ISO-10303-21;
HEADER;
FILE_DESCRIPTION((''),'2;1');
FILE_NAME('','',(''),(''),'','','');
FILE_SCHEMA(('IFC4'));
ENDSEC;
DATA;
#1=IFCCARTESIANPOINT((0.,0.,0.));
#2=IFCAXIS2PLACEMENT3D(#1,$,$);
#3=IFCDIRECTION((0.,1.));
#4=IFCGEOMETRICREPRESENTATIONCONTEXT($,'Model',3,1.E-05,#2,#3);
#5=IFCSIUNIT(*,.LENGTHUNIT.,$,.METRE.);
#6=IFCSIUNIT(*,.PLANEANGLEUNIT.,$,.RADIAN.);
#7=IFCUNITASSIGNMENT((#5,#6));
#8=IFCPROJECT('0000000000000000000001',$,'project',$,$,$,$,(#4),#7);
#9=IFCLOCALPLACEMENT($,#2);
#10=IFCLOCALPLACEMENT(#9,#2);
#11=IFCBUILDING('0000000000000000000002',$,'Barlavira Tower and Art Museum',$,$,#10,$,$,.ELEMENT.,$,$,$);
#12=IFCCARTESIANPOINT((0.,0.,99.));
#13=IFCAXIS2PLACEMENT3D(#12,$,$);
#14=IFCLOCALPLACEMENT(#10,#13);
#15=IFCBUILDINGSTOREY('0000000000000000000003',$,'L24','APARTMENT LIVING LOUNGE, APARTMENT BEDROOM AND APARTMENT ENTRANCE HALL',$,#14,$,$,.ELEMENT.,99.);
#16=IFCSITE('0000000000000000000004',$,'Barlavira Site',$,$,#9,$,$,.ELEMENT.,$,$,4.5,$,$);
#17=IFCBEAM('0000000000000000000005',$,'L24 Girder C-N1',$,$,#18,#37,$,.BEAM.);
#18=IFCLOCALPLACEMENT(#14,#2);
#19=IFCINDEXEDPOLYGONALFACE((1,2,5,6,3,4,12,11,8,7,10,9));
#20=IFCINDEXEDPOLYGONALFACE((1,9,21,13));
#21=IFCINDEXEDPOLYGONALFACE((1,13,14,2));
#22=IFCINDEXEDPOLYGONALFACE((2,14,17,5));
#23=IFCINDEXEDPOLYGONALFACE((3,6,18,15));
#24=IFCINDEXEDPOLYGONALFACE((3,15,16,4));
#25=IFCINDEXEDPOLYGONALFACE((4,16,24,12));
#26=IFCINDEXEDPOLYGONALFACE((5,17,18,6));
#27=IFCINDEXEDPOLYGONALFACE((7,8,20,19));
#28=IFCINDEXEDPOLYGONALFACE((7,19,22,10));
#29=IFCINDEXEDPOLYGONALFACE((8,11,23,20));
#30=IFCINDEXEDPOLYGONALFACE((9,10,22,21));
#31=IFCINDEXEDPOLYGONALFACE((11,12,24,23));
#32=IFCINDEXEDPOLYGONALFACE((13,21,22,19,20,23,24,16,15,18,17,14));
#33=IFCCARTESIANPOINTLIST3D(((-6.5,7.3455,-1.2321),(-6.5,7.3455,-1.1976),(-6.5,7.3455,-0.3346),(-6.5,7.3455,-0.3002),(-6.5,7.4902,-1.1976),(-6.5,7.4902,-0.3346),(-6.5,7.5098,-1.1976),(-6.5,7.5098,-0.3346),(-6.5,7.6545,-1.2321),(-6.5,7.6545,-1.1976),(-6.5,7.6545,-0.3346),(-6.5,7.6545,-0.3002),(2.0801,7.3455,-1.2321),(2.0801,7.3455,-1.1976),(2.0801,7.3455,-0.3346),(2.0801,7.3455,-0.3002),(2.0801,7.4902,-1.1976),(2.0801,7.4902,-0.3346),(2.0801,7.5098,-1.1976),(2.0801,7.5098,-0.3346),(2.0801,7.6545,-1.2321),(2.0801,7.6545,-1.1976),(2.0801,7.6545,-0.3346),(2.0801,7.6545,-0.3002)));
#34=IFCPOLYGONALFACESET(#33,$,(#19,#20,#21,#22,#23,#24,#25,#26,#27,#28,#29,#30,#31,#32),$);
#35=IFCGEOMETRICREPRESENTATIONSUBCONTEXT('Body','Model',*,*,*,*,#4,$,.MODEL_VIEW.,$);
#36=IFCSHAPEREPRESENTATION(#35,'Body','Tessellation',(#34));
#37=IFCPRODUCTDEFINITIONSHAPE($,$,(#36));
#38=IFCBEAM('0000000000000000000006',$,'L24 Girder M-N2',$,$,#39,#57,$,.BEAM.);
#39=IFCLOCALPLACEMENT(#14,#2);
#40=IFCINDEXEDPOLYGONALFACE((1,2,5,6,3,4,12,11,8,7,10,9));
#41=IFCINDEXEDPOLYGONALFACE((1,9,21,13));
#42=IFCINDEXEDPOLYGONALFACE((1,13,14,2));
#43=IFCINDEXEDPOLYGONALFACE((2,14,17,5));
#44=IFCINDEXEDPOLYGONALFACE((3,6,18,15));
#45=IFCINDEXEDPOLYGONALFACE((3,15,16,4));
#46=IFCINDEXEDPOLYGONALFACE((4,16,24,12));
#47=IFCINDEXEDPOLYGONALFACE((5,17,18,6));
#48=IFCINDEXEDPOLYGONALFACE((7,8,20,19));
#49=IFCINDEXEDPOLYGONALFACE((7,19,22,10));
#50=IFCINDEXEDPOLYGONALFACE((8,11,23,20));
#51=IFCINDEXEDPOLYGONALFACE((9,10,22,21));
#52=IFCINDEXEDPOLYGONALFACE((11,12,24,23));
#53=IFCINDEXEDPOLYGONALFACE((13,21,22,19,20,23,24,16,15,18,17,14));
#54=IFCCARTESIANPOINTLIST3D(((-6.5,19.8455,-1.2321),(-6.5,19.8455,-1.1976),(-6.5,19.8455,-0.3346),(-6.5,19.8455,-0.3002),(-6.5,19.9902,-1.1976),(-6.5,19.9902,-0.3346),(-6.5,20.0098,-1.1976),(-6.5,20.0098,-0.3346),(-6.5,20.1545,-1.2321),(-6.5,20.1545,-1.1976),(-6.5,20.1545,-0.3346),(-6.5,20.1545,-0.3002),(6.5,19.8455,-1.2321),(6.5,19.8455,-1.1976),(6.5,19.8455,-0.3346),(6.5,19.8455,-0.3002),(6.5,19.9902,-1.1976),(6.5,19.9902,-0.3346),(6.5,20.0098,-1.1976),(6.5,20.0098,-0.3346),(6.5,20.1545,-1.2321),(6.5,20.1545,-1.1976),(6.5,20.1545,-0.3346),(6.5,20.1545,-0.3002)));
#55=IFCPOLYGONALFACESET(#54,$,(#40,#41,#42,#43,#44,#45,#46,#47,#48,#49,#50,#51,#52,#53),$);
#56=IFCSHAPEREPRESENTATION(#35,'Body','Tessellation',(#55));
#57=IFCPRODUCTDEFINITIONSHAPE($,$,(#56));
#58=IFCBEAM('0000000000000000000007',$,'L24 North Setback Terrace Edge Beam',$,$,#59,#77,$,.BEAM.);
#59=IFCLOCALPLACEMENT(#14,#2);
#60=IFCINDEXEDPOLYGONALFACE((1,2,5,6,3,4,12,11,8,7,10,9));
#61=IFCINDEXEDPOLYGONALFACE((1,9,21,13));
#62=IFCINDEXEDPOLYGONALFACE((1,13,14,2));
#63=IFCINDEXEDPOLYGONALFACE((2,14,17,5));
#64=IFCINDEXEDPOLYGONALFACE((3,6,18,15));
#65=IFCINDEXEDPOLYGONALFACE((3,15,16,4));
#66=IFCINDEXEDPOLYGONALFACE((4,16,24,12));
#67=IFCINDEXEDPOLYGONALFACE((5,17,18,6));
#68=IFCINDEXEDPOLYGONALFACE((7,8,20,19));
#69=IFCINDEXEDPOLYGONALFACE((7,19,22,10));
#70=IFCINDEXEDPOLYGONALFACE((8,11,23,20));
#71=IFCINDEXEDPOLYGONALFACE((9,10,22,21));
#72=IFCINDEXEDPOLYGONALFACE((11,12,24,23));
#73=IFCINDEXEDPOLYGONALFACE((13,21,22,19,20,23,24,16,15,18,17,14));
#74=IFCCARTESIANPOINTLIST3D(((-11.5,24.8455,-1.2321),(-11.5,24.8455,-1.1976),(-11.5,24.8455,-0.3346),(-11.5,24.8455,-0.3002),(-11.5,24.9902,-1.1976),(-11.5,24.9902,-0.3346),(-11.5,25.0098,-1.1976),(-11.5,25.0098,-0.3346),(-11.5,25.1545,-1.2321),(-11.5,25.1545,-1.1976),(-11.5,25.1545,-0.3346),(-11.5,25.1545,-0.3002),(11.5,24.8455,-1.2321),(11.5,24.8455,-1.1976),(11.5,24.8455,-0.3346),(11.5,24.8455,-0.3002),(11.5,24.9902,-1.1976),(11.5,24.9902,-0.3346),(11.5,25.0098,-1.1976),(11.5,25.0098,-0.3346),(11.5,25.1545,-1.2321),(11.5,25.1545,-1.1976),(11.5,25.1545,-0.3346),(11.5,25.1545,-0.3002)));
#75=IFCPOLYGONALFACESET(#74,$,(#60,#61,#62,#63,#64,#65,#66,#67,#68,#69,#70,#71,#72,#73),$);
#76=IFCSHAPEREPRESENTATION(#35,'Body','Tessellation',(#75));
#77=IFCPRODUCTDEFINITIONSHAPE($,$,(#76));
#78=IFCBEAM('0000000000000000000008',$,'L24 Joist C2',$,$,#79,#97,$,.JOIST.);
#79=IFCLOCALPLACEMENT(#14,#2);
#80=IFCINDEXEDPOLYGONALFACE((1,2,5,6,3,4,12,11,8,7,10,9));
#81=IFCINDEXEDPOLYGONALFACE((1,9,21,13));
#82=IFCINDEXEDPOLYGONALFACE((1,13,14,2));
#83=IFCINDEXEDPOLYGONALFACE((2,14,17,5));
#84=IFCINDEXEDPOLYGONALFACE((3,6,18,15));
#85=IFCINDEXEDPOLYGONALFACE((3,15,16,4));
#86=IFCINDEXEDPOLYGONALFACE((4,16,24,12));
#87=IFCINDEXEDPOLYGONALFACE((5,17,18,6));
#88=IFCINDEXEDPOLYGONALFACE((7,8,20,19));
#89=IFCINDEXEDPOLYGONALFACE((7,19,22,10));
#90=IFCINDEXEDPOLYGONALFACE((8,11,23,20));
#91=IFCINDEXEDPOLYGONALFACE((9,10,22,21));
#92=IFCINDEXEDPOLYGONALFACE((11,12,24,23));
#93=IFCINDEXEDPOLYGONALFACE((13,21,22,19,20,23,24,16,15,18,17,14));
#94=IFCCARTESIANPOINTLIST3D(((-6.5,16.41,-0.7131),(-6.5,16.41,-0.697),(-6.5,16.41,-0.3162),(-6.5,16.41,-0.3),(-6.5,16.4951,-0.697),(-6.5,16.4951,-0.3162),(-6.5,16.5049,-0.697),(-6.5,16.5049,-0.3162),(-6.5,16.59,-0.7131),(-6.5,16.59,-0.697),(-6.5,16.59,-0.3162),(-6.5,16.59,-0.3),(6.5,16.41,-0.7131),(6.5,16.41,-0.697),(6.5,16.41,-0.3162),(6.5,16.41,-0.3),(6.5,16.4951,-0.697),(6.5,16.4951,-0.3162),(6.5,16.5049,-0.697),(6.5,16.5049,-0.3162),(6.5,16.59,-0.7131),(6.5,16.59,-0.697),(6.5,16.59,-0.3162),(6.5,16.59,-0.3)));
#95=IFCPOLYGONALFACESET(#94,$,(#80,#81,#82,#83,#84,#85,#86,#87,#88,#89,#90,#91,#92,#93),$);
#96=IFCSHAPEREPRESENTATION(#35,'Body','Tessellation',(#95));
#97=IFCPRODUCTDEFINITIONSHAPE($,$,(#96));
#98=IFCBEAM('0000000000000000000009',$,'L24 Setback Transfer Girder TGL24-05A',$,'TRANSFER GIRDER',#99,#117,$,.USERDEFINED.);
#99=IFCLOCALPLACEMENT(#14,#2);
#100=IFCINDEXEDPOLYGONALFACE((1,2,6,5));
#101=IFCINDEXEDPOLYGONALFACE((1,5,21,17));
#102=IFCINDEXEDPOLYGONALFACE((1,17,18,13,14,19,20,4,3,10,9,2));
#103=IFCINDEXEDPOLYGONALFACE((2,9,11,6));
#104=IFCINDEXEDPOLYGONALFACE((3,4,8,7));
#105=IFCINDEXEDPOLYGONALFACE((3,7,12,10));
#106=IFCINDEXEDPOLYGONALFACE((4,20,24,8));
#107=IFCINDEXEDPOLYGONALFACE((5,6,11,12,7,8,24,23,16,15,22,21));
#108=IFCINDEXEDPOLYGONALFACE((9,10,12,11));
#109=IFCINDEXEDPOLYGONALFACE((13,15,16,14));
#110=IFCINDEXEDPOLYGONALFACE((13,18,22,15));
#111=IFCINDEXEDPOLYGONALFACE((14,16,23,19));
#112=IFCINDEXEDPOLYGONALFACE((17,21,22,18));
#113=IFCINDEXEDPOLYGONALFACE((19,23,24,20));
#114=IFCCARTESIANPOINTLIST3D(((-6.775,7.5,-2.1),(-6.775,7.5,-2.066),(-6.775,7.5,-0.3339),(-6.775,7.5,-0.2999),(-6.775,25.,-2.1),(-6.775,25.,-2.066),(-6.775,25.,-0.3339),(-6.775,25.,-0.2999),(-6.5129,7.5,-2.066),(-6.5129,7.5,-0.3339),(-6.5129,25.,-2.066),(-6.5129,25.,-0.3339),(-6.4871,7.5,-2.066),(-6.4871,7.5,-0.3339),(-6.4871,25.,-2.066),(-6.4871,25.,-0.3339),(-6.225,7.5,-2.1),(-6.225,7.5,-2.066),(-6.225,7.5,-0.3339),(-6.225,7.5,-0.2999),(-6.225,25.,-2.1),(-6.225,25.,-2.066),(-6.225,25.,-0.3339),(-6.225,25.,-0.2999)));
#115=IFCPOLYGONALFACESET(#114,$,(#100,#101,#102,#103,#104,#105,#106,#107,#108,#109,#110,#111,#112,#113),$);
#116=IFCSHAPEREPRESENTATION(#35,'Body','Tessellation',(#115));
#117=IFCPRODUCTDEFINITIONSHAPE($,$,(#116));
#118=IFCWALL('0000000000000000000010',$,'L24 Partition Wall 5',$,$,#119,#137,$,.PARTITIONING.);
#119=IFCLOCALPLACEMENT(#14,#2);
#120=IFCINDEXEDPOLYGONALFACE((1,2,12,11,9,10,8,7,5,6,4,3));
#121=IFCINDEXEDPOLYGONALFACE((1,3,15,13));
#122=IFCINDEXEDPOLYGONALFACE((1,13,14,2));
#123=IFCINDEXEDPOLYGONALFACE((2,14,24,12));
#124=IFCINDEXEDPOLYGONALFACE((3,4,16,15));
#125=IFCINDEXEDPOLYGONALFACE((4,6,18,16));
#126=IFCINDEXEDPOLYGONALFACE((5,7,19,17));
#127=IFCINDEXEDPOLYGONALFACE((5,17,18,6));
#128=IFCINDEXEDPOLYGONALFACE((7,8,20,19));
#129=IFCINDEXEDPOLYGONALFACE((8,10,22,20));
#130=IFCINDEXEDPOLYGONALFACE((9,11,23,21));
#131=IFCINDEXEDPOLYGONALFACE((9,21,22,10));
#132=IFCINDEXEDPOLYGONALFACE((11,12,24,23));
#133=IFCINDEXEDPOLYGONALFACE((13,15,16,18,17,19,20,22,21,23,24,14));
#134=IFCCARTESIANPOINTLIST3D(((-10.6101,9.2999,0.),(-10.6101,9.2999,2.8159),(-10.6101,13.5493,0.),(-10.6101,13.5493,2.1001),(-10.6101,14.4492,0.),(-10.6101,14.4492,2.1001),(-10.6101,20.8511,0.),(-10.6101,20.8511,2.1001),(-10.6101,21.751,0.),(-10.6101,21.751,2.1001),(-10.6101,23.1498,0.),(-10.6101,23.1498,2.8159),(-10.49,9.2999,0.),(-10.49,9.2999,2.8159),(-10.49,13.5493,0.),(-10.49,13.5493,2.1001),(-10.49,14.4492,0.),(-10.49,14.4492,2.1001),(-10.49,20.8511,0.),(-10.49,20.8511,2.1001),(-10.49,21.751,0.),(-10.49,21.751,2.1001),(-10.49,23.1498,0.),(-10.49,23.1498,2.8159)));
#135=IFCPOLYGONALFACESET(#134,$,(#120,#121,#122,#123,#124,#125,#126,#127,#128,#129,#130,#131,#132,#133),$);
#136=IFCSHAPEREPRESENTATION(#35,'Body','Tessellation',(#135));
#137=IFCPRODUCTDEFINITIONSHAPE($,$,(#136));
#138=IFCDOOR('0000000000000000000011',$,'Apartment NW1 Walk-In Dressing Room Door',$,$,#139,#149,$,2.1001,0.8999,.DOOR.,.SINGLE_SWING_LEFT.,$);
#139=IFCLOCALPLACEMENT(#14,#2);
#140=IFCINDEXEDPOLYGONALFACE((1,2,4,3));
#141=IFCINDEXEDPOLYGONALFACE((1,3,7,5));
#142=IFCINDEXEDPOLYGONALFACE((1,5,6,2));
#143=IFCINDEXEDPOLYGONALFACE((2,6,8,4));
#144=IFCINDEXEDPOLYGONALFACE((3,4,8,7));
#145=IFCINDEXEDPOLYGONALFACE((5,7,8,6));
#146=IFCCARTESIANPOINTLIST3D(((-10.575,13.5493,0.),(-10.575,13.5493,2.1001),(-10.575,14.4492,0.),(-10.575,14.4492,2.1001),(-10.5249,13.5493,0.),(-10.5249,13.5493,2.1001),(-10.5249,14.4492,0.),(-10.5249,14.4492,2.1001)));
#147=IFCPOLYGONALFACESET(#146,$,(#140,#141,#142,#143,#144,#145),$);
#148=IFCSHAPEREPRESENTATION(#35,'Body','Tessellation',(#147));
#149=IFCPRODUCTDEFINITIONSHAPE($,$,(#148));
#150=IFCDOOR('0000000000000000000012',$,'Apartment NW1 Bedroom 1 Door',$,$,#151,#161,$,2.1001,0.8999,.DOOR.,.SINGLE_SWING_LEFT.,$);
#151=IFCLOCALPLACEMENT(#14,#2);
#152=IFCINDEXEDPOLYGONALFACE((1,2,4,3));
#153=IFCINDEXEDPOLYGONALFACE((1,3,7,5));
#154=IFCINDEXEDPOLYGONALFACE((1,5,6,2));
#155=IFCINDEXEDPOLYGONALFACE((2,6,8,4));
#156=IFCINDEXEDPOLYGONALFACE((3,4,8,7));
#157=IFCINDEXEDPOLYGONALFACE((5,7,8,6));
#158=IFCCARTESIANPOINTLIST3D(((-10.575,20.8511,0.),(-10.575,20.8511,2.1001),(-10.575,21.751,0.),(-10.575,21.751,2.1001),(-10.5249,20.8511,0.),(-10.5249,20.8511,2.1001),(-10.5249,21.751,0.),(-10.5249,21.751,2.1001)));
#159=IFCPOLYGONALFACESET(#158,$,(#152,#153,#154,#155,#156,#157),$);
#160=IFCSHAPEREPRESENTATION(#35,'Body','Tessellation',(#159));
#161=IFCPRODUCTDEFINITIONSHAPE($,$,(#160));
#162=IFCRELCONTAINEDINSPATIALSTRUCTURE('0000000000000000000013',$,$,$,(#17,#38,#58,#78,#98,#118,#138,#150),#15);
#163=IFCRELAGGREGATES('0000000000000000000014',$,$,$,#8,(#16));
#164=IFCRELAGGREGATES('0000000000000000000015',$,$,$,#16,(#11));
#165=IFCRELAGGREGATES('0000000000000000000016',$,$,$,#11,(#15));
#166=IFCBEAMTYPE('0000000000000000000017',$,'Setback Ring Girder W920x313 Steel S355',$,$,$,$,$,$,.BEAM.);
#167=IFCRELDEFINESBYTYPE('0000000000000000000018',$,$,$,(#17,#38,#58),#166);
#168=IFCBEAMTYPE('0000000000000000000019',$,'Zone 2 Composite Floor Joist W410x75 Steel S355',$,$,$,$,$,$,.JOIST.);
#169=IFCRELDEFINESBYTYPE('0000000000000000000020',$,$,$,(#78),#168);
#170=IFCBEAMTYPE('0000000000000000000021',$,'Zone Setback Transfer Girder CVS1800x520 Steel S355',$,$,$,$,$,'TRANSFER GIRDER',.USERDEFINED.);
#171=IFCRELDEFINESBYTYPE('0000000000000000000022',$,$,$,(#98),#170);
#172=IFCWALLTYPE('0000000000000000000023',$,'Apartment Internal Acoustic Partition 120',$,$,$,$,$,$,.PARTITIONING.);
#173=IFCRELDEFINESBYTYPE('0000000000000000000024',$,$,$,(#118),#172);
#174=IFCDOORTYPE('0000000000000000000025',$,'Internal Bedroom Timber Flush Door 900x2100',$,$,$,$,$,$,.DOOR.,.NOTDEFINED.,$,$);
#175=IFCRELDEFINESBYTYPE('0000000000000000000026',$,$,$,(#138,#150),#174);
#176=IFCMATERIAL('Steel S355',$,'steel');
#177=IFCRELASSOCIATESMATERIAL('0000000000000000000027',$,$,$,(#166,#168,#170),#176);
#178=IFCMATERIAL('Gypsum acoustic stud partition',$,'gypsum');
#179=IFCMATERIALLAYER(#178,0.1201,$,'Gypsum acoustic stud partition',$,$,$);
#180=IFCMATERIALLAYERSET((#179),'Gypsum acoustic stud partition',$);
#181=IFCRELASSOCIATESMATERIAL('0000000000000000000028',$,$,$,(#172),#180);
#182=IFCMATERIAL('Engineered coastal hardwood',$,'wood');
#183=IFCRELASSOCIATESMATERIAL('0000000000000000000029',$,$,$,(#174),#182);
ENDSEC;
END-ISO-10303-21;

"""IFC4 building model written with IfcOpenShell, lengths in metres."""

from ifc_helpers import new_model, si_unit, direction, frame, frame_2d, origin, origin_2d, place, context, subcontext, project, spatial, rectangle, i_section, extrude, material, layer, layer_set, material_profile, profile_set, type_object, element, fill, save


model = new_model("IFC4")

# Units and contexts
model_context = context("Model", 3, precision=1e-05, world=origin(), true_north=direction((0.0, 1.0)))
body_context = subcontext(model_context, "Body", "Model", "MODEL_VIEW")
ifc_project = project(units=[si_unit("LENGTHUNIT", "METRE"), si_unit("PLANEANGLEUNIT", "RADIAN")], contexts=[model_context])

# Site, building, storey
site_placement = place(None, origin())
site = spatial("IfcSite", under=ifc_project, at=site_placement, Name="Barlavira Site", CompositionType="ELEMENT", RefElevation=4.5)
building_placement = place(site_placement, origin())
building = spatial("IfcBuilding", under=site, at=building_placement, Name="Barlavira Tower and Art Museum", CompositionType="ELEMENT")
storey_placement = place(building_placement, frame((0.0, 0.0, 99.0)))
storey = spatial("IfcBuildingStorey", under=building, at=storey_placement, Name="L24", Description="APARTMENT LIVING LOUNGE, APARTMENT BEDROOM AND APARTMENT ENTRANCE HALL", CompositionType="ELEMENT", Elevation=99.0)

# Shared definitions
ifc_material_1 = material(Name="Steel S355", Category="steel")

# Beams
ifc_material_profile_1 = material_profile(ifc_material_1, i_section(OverallWidth=0.3091, OverallDepth=0.9319, WebThickness=0.0195, FlangeThickness=0.0344, at=origin_2d()), Name="W920x313.0")
ifc_profile_set_1 = profile_set([ifc_material_profile_1], Name="Steel S355")
beam_type_1 = type_object("IfcBeamType", Name="Setback Ring Girder W920x313 Steel S355", PredefinedType="BEAM", material=ifc_profile_set_1)
beam_1_placement = place(storey_placement, frame((-6.5, 7.5, -0.7661), z_axis=(1.0, 0.0, 0.0), x_axis=(0.0, 1.0, 0.0)))
element("IfcBeam", 1, at=beam_1_placement, inside=storey, type_object=beam_type_1, Name="L24 Girder C-N1", PredefinedType="BEAM", context=body_context, shape_type="SweptSolid", body=[
    extrude(i_section(OverallWidth=0.3091, OverallDepth=0.9319, WebThickness=0.0195, FlangeThickness=0.0344, at=origin_2d()), origin(), (0.0, 0.0, 1.0), 8.5801),
])
beam_2_placement = place(storey_placement, frame((-6.5, 20.0, -0.7661), z_axis=(1.0, 0.0, 0.0), x_axis=(0.0, 1.0, 0.0)))
element("IfcBeam", 2, at=beam_2_placement, inside=storey, type_object=beam_type_1, Name="L24 Girder M-N2", PredefinedType="BEAM", context=body_context, shape_type="SweptSolid", body=[
    extrude(i_section(OverallWidth=0.3091, OverallDepth=0.9319, WebThickness=0.0195, FlangeThickness=0.0344, at=origin_2d()), origin(), (0.0, 0.0, 1.0), 13.0),
])
beam_3_placement = place(storey_placement, frame((-11.5, 25.0, -0.7661), z_axis=(1.0, 0.0, 0.0), x_axis=(0.0, 1.0, 0.0)))
element("IfcBeam", 3, at=beam_3_placement, inside=storey, type_object=beam_type_1, Name="L24 North Setback Terrace Edge Beam", PredefinedType="BEAM", context=body_context, shape_type="SweptSolid", body=[
    extrude(i_section(OverallWidth=0.3091, OverallDepth=0.9319, WebThickness=0.0195, FlangeThickness=0.0344, at=origin_2d()), origin(), (0.0, 0.0, 1.0), 23.0),
])
ifc_material_profile_2 = material_profile(ifc_material_1, i_section(OverallWidth=0.1799, OverallDepth=0.4131, WebThickness=0.0098, FlangeThickness=0.0161, at=origin_2d()), Name="W410x75.0")
ifc_profile_set_2 = profile_set([ifc_material_profile_2], Name="Steel S355")
beam_type_2 = type_object("IfcBeamType", Name="Zone 2 Composite Floor Joist W410x75 Steel S355", PredefinedType="JOIST", material=ifc_profile_set_2)
beam_4_placement = place(storey_placement, frame((-6.5, 16.5, -0.5066), z_axis=(1.0, 0.0, 0.0), x_axis=(0.0, 1.0, 0.0)))
element("IfcBeam", 4, at=beam_4_placement, inside=storey, type_object=beam_type_2, Name="L24 Joist C2", PredefinedType="JOIST", context=body_context, shape_type="SweptSolid", body=[
    extrude(i_section(OverallWidth=0.1799, OverallDepth=0.4131, WebThickness=0.0098, FlangeThickness=0.0161, at=origin_2d()), origin(), (0.0, 0.0, 1.0), 13.0),
])
ifc_material_profile_3 = material_profile(ifc_material_1, i_section(OverallWidth=0.55, OverallDepth=1.8, WebThickness=0.0259, FlangeThickness=0.0339, at=origin_2d()), Name="CVS1800x520")
ifc_profile_set_3 = profile_set([ifc_material_profile_3], Name="Steel S355")
beam_type_3 = type_object("IfcBeamType", Name="Zone Setback Transfer Girder CVS1800x520 Steel S355", ElementType="TRANSFER GIRDER", PredefinedType="USERDEFINED", material=ifc_profile_set_3)
beam_5_placement = place(storey_placement, frame((-6.5, 7.5, -1.2), z_axis=(0.0, 1.0, 0.0), x_axis=(-1.0, 0.0, 0.0)))
element("IfcBeam", 5, at=beam_5_placement, inside=storey, type_object=beam_type_3, Name="L24 Setback Transfer Girder TGL24-05A", ObjectType="TRANSFER GIRDER", PredefinedType="USERDEFINED", context=body_context, shape_type="SweptSolid", body=[
    extrude(i_section(OverallWidth=0.55, OverallDepth=1.8, WebThickness=0.0259, FlangeThickness=0.0339, at=origin_2d()), origin(), (0.0, 0.0, 1.0), 17.5),
])

# Wall, openings, doors
ifc_material_2 = material(Name="Gypsum acoustic stud partition", Category="gypsum")
ifc_layer_1 = layer(ifc_material_2, 0.1201, Name="Gypsum acoustic stud partition")
ifc_layer_set_1 = layer_set([ifc_layer_1], Name="Gypsum acoustic stud partition")
wall_type_1 = type_object("IfcWallType", Name="Apartment Internal Acoustic Partition 120", PredefinedType="PARTITIONING", material=ifc_layer_set_1)
wall_1_placement = place(storey_placement, frame((-10.55, 9.3, 0.0), z_axis=(0.0, 0.0, 1.0), x_axis=(0.0, 1.0, 0.0)))
wall_1 = element("IfcWall", 6, at=wall_1_placement, inside=storey, type_object=wall_type_1, Name="L24 Partition Wall 5", PredefinedType="PARTITIONING", context=body_context, shape_type="SweptSolid", body=[
    extrude(rectangle(XDim=13.8499, YDim=0.1201, at=frame_2d((6.9248, 0.0))), origin(), (0.0, 0.0, 1.0), 2.8159),
])
opening_1_placement = place(wall_1_placement, frame((4.2493, 0.0, 0.0)))
opening_1 = element("IfcOpeningElement", 7, at=opening_1_placement, cuts=wall_1, PredefinedType="OPENING", context=body_context, shape_type="SweptSolid", body=[
    extrude(rectangle(XDim=0.8999, YDim=2.1001, at=frame_2d((0.45, 1.05))), frame((0.0, 0.0701, 0.0), z_axis=(0.0, -1.0, 0.0), x_axis=(1.0, 0.0, 0.0)), (0.0, 0.0, 1.0), 0.1401),
])
opening_2_placement = place(wall_1_placement, frame((11.551, 0.0, 0.0)))
opening_2 = element("IfcOpeningElement", 8, at=opening_2_placement, cuts=wall_1, PredefinedType="OPENING", context=body_context, shape_type="SweptSolid", body=[
    extrude(rectangle(XDim=0.8999, YDim=2.1001, at=frame_2d((0.45, 1.05))), frame((0.0, 0.0701, 0.0), z_axis=(0.0, -1.0, 0.0), x_axis=(1.0, 0.0, 0.0)), (0.0, 0.0, 1.0), 0.1401),
])
ifc_material_3 = material(Name="Engineered coastal hardwood", Category="wood")
door_type_1 = type_object("IfcDoorType", Name="Internal Bedroom Timber Flush Door 900x2100", OperationType="NOTDEFINED", PredefinedType="DOOR", material=ifc_material_3)
door_1_placement = place(opening_1_placement, origin())
door_1 = element("IfcDoor", 9, at=door_1_placement, inside=storey, type_object=door_type_1, Name="Apartment NW1 Walk-In Dressing Room Door", OperationType="SINGLE_SWING_LEFT", OverallHeight=2.1001, OverallWidth=0.8999, PredefinedType="DOOR", context=body_context, shape_type="SweptSolid", body=[
    extrude(rectangle(XDim=0.8999, YDim=2.1001, at=frame_2d((0.45, 1.05))), frame((0.0, 0.0249, 0.0), z_axis=(0.0, -1.0, 0.0), x_axis=(1.0, 0.0, 0.0)), (0.0, 0.0, 1.0), 0.05),
])
fill(opening_1, door_1)
door_2_placement = place(opening_2_placement, origin())
door_2 = element("IfcDoor", 10, at=door_2_placement, inside=storey, type_object=door_type_1, Name="Apartment NW1 Bedroom 1 Door", OperationType="SINGLE_SWING_LEFT", OverallHeight=2.1001, OverallWidth=0.8999, PredefinedType="DOOR", context=body_context, shape_type="SweptSolid", body=[
    extrude(rectangle(XDim=0.8999, YDim=2.1001, at=frame_2d((0.45, 1.05))), frame((0.0, 0.0249, 0.0), z_axis=(0.0, -1.0, 0.0), x_axis=(1.0, 0.0, 0.0)), (0.0, 0.0, 1.0), 0.05),
])
fill(opening_2, door_2)

save(model, "model.ifc")
